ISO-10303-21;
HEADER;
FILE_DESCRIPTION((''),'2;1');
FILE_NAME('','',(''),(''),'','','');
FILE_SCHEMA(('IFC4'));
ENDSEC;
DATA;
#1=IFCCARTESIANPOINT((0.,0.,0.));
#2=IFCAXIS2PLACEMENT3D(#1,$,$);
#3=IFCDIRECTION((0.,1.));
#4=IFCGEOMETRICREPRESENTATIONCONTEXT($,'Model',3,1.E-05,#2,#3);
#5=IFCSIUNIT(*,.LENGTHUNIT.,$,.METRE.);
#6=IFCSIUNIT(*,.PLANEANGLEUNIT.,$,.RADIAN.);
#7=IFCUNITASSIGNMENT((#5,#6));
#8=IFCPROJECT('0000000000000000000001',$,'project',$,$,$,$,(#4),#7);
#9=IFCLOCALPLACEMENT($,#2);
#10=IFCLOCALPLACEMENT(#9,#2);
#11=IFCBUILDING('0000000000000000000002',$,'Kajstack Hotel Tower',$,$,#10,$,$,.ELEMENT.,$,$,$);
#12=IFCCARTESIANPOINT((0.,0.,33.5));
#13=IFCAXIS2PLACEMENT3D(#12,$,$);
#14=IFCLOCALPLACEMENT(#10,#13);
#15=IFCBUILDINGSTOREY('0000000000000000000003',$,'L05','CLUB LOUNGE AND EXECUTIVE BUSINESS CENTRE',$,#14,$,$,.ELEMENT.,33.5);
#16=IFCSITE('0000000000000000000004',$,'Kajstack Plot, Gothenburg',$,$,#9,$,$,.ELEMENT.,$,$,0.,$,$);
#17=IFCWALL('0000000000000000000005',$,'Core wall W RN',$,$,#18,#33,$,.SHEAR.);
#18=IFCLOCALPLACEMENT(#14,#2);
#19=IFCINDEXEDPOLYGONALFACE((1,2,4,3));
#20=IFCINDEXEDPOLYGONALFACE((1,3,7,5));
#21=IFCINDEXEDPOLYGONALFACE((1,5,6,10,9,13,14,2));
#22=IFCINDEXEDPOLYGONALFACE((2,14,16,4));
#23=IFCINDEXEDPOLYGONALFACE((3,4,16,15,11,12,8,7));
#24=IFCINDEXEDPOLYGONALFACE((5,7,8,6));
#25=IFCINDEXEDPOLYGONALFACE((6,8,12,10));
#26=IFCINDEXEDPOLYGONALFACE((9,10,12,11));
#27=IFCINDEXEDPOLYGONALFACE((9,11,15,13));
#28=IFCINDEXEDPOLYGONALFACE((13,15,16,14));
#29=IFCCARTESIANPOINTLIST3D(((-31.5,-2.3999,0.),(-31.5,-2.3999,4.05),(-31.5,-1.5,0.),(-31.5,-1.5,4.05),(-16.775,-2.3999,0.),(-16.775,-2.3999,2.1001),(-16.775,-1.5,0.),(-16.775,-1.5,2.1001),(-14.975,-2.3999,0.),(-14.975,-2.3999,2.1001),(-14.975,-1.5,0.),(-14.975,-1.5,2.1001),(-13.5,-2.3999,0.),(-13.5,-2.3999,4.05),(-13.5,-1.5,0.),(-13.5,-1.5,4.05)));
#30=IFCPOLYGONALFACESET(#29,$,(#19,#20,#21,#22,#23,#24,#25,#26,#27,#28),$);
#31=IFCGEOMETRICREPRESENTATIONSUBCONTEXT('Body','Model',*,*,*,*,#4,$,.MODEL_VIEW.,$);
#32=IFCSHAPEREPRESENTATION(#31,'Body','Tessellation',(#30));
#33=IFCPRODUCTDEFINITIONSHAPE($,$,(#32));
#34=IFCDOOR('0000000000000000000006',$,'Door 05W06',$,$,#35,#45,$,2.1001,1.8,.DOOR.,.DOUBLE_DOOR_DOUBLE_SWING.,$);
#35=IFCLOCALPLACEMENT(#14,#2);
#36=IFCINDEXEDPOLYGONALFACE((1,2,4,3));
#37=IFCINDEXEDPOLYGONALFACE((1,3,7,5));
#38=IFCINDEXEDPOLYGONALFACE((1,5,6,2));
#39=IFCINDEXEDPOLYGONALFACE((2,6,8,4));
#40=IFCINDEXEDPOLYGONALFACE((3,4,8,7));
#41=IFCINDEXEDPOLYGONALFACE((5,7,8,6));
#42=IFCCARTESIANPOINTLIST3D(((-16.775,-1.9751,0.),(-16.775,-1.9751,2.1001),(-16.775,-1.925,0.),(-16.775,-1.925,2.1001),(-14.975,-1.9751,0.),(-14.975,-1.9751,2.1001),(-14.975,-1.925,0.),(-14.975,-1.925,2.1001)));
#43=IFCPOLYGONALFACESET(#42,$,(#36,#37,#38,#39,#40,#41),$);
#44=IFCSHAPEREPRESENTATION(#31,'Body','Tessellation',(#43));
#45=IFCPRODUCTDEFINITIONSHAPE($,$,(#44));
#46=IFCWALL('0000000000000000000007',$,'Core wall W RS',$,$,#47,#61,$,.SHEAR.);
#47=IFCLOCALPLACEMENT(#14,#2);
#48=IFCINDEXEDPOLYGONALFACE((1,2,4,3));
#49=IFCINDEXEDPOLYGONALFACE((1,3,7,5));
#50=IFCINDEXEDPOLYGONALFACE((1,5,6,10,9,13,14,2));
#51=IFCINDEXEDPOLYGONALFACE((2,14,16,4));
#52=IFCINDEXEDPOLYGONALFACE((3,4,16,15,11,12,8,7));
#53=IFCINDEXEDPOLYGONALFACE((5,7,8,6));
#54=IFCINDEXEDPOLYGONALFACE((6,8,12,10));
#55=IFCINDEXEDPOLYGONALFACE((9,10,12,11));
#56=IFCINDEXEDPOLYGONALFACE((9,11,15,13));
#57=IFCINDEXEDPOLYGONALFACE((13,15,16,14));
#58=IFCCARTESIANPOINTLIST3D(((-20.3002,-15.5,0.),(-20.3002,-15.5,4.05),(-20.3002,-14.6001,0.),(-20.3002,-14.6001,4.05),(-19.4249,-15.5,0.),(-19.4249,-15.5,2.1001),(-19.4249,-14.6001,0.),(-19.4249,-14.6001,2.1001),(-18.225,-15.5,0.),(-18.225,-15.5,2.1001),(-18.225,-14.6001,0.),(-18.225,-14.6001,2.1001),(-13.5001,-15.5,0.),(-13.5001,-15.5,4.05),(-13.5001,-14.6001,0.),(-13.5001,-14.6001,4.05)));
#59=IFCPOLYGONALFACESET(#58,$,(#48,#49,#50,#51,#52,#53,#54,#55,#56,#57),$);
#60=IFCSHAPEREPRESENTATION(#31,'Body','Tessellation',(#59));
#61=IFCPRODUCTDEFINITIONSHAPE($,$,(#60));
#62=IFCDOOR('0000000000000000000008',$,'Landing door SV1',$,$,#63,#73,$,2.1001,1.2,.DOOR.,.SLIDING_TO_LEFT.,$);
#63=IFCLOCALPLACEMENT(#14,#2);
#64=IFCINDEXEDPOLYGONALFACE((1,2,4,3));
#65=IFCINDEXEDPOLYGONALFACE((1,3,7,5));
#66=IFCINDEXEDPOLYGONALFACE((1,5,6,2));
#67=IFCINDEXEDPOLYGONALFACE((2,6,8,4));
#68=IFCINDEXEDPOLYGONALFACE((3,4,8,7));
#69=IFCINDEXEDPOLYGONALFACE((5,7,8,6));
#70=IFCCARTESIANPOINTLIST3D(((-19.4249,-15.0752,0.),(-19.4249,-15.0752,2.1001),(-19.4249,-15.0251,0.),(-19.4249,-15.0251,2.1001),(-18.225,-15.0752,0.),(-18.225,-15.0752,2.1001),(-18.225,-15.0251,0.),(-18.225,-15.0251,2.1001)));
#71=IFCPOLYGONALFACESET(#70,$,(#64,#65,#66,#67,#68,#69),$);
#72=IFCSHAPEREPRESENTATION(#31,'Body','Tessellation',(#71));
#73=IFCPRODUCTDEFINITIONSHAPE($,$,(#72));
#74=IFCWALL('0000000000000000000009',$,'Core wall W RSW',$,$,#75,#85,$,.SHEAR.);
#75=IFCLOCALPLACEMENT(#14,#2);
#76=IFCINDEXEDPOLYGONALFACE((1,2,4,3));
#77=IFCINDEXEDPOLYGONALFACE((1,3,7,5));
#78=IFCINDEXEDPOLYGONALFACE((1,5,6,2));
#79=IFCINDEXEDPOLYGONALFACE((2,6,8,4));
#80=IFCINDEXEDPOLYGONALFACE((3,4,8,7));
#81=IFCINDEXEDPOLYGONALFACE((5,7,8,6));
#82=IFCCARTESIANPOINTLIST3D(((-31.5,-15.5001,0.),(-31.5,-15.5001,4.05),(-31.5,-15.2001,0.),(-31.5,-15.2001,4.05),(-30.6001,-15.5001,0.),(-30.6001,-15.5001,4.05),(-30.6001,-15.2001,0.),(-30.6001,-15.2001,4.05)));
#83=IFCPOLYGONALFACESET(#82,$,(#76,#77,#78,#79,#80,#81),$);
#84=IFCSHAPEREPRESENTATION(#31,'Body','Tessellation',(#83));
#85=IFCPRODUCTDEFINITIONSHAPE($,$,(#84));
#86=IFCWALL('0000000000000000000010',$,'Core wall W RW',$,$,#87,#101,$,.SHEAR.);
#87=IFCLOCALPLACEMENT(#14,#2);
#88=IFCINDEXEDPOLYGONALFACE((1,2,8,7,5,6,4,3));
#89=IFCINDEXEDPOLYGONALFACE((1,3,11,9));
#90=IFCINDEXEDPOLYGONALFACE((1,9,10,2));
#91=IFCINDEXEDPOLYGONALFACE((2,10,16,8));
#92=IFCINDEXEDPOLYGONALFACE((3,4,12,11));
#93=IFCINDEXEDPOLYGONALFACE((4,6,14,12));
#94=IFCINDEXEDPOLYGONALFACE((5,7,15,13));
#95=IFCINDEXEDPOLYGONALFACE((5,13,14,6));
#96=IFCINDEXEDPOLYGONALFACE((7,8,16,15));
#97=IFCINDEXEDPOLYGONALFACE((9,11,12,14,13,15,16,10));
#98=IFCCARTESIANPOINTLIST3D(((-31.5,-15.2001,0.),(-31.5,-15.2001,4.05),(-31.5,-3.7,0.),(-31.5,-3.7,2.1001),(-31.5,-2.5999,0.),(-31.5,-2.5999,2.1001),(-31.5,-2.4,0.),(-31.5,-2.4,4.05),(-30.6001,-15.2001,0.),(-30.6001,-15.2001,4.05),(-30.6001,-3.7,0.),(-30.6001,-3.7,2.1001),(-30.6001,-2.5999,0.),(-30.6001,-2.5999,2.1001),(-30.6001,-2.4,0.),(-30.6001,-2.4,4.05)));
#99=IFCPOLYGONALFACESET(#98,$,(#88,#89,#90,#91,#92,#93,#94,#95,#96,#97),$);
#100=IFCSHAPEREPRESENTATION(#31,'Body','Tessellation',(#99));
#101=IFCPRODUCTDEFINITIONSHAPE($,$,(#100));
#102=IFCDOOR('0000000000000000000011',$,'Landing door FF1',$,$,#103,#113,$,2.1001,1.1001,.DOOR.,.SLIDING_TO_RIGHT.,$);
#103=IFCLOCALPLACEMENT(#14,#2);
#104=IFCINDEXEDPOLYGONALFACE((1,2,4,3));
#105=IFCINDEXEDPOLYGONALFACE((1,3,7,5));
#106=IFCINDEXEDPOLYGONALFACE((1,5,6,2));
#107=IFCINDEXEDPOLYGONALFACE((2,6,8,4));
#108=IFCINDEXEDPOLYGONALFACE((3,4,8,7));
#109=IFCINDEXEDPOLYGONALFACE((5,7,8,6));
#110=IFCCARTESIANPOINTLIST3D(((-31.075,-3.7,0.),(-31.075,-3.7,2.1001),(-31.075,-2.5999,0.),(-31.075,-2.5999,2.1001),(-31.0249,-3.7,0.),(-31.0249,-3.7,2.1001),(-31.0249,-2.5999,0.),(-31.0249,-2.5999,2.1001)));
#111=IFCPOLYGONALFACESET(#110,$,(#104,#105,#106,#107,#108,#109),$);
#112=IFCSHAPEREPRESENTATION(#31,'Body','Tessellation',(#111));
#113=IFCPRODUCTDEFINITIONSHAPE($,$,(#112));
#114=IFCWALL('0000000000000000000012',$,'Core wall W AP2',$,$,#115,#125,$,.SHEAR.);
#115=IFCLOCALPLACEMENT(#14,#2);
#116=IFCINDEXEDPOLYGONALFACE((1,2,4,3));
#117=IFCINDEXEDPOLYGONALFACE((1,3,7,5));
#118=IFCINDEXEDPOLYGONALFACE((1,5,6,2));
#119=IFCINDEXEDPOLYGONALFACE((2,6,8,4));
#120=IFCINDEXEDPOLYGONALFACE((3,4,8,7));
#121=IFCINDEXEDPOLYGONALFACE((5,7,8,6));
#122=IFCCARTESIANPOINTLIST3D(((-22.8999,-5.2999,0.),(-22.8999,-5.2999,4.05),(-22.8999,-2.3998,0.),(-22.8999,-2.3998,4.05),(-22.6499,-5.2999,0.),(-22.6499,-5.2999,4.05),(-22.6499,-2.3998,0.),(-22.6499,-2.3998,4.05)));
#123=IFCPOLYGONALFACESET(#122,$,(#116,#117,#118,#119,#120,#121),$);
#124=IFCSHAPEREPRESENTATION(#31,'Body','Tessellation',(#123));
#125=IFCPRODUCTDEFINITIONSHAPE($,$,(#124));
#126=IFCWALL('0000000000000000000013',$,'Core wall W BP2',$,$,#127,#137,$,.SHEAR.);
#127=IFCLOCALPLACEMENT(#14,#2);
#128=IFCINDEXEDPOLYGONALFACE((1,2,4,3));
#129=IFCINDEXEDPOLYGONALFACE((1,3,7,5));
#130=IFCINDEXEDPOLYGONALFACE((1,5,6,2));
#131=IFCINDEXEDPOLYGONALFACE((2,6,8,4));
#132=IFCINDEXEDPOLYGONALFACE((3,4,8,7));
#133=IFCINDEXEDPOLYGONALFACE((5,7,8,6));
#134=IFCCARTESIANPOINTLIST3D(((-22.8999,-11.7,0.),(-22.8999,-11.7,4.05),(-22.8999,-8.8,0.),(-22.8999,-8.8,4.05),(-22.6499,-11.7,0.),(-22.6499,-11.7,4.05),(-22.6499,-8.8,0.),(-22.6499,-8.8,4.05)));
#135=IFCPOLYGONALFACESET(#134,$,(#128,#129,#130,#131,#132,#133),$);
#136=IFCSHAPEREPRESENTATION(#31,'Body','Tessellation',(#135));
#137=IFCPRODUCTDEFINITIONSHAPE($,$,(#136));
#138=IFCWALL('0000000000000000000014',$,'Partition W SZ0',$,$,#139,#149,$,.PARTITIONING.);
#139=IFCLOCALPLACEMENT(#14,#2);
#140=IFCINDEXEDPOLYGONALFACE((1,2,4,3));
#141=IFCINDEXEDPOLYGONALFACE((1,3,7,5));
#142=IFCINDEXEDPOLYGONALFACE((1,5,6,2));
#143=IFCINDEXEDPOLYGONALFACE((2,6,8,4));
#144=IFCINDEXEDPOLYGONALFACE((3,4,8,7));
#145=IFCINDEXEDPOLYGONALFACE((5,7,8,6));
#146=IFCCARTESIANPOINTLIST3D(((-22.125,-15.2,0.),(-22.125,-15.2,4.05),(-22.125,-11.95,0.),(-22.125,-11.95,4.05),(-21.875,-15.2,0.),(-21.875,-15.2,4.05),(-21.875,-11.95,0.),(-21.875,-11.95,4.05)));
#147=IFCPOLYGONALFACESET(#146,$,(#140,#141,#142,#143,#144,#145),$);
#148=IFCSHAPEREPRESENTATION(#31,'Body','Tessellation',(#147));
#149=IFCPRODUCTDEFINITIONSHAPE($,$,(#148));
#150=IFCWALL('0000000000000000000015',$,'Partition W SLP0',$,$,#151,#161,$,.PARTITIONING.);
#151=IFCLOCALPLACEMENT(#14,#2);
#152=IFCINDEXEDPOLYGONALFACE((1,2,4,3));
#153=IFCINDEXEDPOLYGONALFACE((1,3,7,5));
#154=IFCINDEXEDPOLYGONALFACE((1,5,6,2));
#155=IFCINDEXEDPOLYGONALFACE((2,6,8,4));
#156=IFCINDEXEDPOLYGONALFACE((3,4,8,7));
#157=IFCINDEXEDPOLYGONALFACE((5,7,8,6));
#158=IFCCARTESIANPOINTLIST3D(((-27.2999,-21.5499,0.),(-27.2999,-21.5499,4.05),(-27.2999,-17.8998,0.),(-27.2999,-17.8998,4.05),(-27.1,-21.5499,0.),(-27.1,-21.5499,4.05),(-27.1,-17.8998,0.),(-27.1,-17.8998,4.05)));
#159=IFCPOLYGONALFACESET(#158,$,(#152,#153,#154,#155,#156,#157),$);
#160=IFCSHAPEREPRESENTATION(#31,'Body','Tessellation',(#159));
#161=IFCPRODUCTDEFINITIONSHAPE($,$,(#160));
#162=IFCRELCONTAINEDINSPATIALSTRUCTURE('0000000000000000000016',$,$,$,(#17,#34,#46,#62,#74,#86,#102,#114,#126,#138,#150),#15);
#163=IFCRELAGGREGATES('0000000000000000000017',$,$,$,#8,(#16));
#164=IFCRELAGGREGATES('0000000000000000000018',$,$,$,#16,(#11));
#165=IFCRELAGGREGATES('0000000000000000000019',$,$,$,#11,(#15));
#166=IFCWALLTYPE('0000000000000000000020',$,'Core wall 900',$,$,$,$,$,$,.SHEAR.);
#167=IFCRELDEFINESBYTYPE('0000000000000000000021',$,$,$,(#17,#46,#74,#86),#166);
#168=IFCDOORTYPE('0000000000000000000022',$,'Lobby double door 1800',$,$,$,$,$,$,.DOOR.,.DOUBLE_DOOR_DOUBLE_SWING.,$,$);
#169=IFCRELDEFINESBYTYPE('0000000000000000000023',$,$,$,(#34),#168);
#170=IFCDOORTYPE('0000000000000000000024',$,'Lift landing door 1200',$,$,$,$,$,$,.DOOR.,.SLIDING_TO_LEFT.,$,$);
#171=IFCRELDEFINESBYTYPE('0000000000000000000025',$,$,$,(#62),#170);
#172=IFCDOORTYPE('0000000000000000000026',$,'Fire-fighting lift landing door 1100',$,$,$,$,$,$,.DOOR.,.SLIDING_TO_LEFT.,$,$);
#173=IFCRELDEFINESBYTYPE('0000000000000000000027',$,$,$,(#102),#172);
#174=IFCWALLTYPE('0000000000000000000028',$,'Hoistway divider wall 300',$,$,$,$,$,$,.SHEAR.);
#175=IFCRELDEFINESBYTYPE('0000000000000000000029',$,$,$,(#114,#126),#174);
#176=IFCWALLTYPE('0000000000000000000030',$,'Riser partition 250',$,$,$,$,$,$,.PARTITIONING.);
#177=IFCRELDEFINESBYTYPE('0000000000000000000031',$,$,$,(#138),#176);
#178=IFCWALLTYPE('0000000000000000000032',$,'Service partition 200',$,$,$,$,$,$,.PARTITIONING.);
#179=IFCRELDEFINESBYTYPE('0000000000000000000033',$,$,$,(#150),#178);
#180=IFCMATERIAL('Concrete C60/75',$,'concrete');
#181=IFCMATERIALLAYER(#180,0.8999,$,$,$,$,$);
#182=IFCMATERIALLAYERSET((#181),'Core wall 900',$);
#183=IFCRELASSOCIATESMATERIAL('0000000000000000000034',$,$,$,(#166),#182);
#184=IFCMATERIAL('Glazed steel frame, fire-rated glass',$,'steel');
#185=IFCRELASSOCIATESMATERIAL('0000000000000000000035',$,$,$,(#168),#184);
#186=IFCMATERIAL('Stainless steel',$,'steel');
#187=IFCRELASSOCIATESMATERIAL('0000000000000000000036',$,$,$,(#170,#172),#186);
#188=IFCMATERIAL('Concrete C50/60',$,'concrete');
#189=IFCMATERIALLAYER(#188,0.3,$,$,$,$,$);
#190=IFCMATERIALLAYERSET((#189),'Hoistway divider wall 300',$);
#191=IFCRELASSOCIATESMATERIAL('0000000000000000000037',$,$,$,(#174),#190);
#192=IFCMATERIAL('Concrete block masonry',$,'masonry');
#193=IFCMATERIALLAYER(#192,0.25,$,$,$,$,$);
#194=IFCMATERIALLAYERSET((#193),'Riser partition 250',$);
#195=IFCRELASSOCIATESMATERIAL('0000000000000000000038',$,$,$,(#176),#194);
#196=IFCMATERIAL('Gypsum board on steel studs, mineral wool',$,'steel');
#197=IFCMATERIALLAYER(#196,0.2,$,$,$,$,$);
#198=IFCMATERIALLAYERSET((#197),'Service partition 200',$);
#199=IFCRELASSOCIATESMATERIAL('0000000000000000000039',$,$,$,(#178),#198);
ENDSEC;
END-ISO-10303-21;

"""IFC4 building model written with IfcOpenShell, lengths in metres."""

from ifc_helpers import new_model, si_unit, direction, frame, frame_2d, origin, place, context, subcontext, project, spatial, rectangle, extrude, material, layer, layer_set, type_object, element, fill, save


model = new_model("IFC4")

# Units and contexts
model_context = context("Model", 3, precision=1e-05, world=origin(), true_north=direction((0.0, 1.0)))
body_context = subcontext(model_context, "Body", "Model", "MODEL_VIEW")
ifc_project = project(units=[si_unit("LENGTHUNIT", "METRE"), si_unit("PLANEANGLEUNIT", "RADIAN")], contexts=[model_context])

# Site, building, storey
site_placement = place(None, origin())
site = spatial("IfcSite", under=ifc_project, at=site_placement, Name="Kajstack Plot, Gothenburg", CompositionType="ELEMENT", RefElevation=0.0)
building_placement = place(site_placement, origin())
building = spatial("IfcBuilding", under=site, at=building_placement, Name="Kajstack Hotel Tower", CompositionType="ELEMENT")
storey_placement = place(building_placement, frame((0.0, 0.0, 33.5)))
storey = spatial("IfcBuildingStorey", under=building, at=storey_placement, Name="L05", Description="CLUB LOUNGE AND EXECUTIVE BUSINESS CENTRE", CompositionType="ELEMENT", Elevation=33.5)

# Walls, openings, doors
ifc_material_1 = material(Name="Concrete C60/75", Category="concrete")
ifc_layer_1 = layer(ifc_material_1, 0.8999)
ifc_layer_set_1 = layer_set([ifc_layer_1], Name="Core wall 900")
wall_type_1 = type_object("IfcWallType", Name="Core wall 900", PredefinedType="SHEAR", material=ifc_layer_set_1)
wall_1_placement = place(storey_placement, frame((-31.5, -1.95, 0.0), z_axis=(0.0, 0.0, 1.0), x_axis=(1.0, 0.0, 0.0)))
wall_1 = element("IfcWall", 1, at=wall_1_placement, inside=storey, type_object=wall_type_1, Name="Core wall W RN", PredefinedType="SHEAR", context=body_context, shape_type="SweptSolid", body=[
    extrude(rectangle(XDim=18.0, YDim=0.8999, at=frame_2d((9.0, 0.0))), origin(), (0.0, 0.0, 1.0), 4.05),
])
opening_1_placement = place(wall_1_placement, frame((14.7251, 0.0, 0.0)))
opening_1 = element("IfcOpeningElement", 2, at=opening_1_placement, cuts=wall_1, PredefinedType="OPENING", context=body_context, shape_type="SweptSolid", body=[
    extrude(rectangle(XDim=1.8, YDim=2.1001, at=frame_2d((0.8999, 1.05))), frame((0.0, 0.46, 0.0), z_axis=(0.0, -1.0, 0.0), x_axis=(1.0, 0.0, 0.0)), (0.0, 0.0, 1.0), 0.9199),
])
ifc_material_2 = material(Name="Glazed steel frame, fire-rated glass", Category="steel")
door_type_1 = type_object("IfcDoorType", Name="Lobby double door 1800", OperationType="DOUBLE_DOOR_DOUBLE_SWING", PredefinedType="DOOR", material=ifc_material_2)
door_1_placement = place(opening_1_placement, origin())
door_1 = element("IfcDoor", 3, at=door_1_placement, inside=storey, type_object=door_type_1, Name="Door 05W06", OperationType="DOUBLE_DOOR_DOUBLE_SWING", OverallHeight=2.1001, OverallWidth=1.8, PredefinedType="DOOR", context=body_context, shape_type="SweptSolid", body=[
    extrude(rectangle(XDim=1.8, YDim=2.1001, at=frame_2d((0.8999, 1.05))), frame((0.0, 0.0249, 0.0), z_axis=(0.0, -1.0, 0.0), x_axis=(1.0, 0.0, 0.0)), (0.0, 0.0, 1.0), 0.05),
])
fill(opening_1, door_1)
wall_2_placement = place(storey_placement, frame((-20.3, -15.05, 0.0), z_axis=(0.0, 0.0, 1.0), x_axis=(1.0, 0.0, 0.0)))
wall_2 = element("IfcWall", 4, at=wall_2_placement, inside=storey, type_object=wall_type_1, Name="Core wall W RS", PredefinedType="SHEAR", context=body_context, shape_type="SweptSolid", body=[
    extrude(rectangle(XDim=6.8, YDim=0.8999, at=frame_2d((3.3999, 0.0))), origin(), (0.0, 0.0, 1.0), 4.05),
])
opening_2_placement = place(wall_2_placement, frame((0.875, 0.0, 0.0)))
opening_2 = element("IfcOpeningElement", 5, at=opening_2_placement, cuts=wall_2, PredefinedType="OPENING", context=body_context, shape_type="SweptSolid", body=[
    extrude(rectangle(XDim=1.2, YDim=2.1001, at=frame_2d((0.6001, 1.05))), frame((0.0, 0.46, 0.0), z_axis=(0.0, -1.0, 0.0), x_axis=(1.0, 0.0, 0.0)), (0.0, 0.0, 1.0), 0.9199),
])
ifc_material_3 = material(Name="Stainless steel", Category="steel")
door_type_2 = type_object("IfcDoorType", Name="Lift landing door 1200", OperationType="SLIDING_TO_LEFT", PredefinedType="DOOR", material=ifc_material_3)
door_2_placement = place(opening_2_placement, origin())
door_2 = element("IfcDoor", 6, at=door_2_placement, inside=storey, type_object=door_type_2, Name="Landing door SV1", OperationType="SLIDING_TO_LEFT", OverallHeight=2.1001, OverallWidth=1.2, PredefinedType="DOOR", context=body_context, shape_type="SweptSolid", body=[
    extrude(rectangle(XDim=1.2, YDim=2.1001, at=frame_2d((0.6001, 1.05))), frame((0.0, 0.0249, 0.0), z_axis=(0.0, -1.0, 0.0), x_axis=(1.0, 0.0, 0.0)), (0.0, 0.0, 1.0), 0.05),
])
fill(opening_2, door_2)

# Wall
wall_3_placement = place(storey_placement, frame((-31.5, -15.3501, 0.0), z_axis=(0.0, 0.0, 1.0), x_axis=(1.0, 0.0, 0.0)))
element("IfcWall", 7, at=wall_3_placement, inside=storey, type_object=wall_type_1, Name="Core wall W RSW", PredefinedType="SHEAR", context=body_context, shape_type="SweptSolid", body=[
    extrude(rectangle(XDim=0.8999, YDim=0.3, at=frame_2d((0.45, 0.0))), origin(), (0.0, 0.0, 1.0), 4.05),
])

# Wall, opening, door
wall_4_placement = place(storey_placement, frame((-31.05, -15.2, 0.0), z_axis=(0.0, 0.0, 1.0), x_axis=(0.0, 1.0, 0.0)))
wall_4 = element("IfcWall", 8, at=wall_4_placement, inside=storey, type_object=wall_type_1, Name="Core wall W RW", PredefinedType="SHEAR", context=body_context, shape_type="SweptSolid", body=[
    extrude(rectangle(XDim=12.8, YDim=0.8999, at=frame_2d((6.3999, 0.0))), origin(), (0.0, 0.0, 1.0), 4.05),
])
opening_3_placement = place(wall_4_placement, frame((11.5, 0.0, 0.0)))
opening_3 = element("IfcOpeningElement", 9, at=opening_3_placement, cuts=wall_4, PredefinedType="OPENING", context=body_context, shape_type="SweptSolid", body=[
    extrude(rectangle(XDim=1.1001, YDim=2.1001, at=frame_2d((0.55, 1.05))), frame((0.0, 0.46, 0.0), z_axis=(0.0, -1.0, 0.0), x_axis=(1.0, 0.0, 0.0)), (0.0, 0.0, 1.0), 0.9199),
])
door_type_3 = type_object("IfcDoorType", Name="Fire-fighting lift landing door 1100", OperationType="SLIDING_TO_LEFT", PredefinedType="DOOR", material=ifc_material_3)
door_3_placement = place(opening_3_placement, origin())
door_3 = element("IfcDoor", 10, at=door_3_placement, inside=storey, type_object=door_type_3, Name="Landing door FF1", OperationType="SLIDING_TO_RIGHT", OverallHeight=2.1001, OverallWidth=1.1001, PredefinedType="DOOR", context=body_context, shape_type="SweptSolid", body=[
    extrude(rectangle(XDim=1.1001, YDim=2.1001, at=frame_2d((0.55, 1.05))), frame((0.0, 0.0249, 0.0), z_axis=(0.0, -1.0, 0.0), x_axis=(1.0, 0.0, 0.0)), (0.0, 0.0, 1.0), 0.05),
])
fill(opening_3, door_3)

# Walls
ifc_material_4 = material(Name="Concrete C50/60", Category="concrete")
ifc_layer_2 = layer(ifc_material_4, 0.3)
ifc_layer_set_2 = layer_set([ifc_layer_2], Name="Hoistway divider wall 300")
wall_type_2 = type_object("IfcWallType", Name="Hoistway divider wall 300", PredefinedType="SHEAR", material=ifc_layer_set_2)
wall_5_placement = place(storey_placement, frame((-22.7749, -5.3, 0.0), z_axis=(0.0, 0.0, 1.0), x_axis=(0.0, 1.0, 0.0)))
element("IfcWall", 11, at=wall_5_placement, inside=storey, type_object=wall_type_2, Name="Core wall W AP2", PredefinedType="SHEAR", context=body_context, shape_type="SweptSolid", body=[
    extrude(rectangle(XDim=2.9001, YDim=0.25, at=frame_2d((1.4502, 0.0))), origin(), (0.0, 0.0, 1.0), 4.05),
])
wall_6_placement = place(storey_placement, frame((-22.7749, -11.7, 0.0), z_axis=(0.0, 0.0, 1.0), x_axis=(0.0, 1.0, 0.0)))
element("IfcWall", 12, at=wall_6_placement, inside=storey, type_object=wall_type_2, Name="Core wall W BP2", PredefinedType="SHEAR", context=body_context, shape_type="SweptSolid", body=[
    extrude(rectangle(XDim=2.8999, YDim=0.25, at=frame_2d((1.45, 0.0))), origin(), (0.0, 0.0, 1.0), 4.05),
])
ifc_material_5 = material(Name="Concrete block masonry", Category="masonry")
ifc_layer_3 = layer(ifc_material_5, 0.25)
ifc_layer_set_3 = layer_set([ifc_layer_3], Name="Riser partition 250")
wall_type_3 = type_object("IfcWallType", Name="Riser partition 250", PredefinedType="PARTITIONING", material=ifc_layer_set_3)
wall_7_placement = place(storey_placement, frame((-22.0, -15.2, 0.0), z_axis=(0.0, 0.0, 1.0), x_axis=(0.0, 1.0, 0.0)))
element("IfcWall", 13, at=wall_7_placement, inside=storey, type_object=wall_type_3, Name="Partition W SZ0", PredefinedType="PARTITIONING", context=body_context, shape_type="SweptSolid", body=[
    extrude(rectangle(XDim=3.25, YDim=0.25, at=frame_2d((1.625, 0.0))), origin(), (0.0, 0.0, 1.0), 4.05),
])
ifc_material_6 = material(Name="Gypsum board on steel studs, mineral wool", Category="steel")
ifc_layer_4 = layer(ifc_material_6, 0.2)
ifc_layer_set_4 = layer_set([ifc_layer_4], Name="Service partition 200")
wall_type_4 = type_object("IfcWallType", Name="Service partition 200", PredefinedType="PARTITIONING", material=ifc_layer_set_4)
wall_8_placement = place(storey_placement, frame((-27.2, -21.55, 0.0), z_axis=(0.0, 0.0, 1.0), x_axis=(0.0, 1.0, 0.0)))
element("IfcWall", 14, at=wall_8_placement, inside=storey, type_object=wall_type_4, Name="Partition W SLP0", PredefinedType="PARTITIONING", context=body_context, shape_type="SweptSolid", body=[
    extrude(rectangle(XDim=3.6501, YDim=0.2, at=frame_2d((1.8252, 0.0))), origin(), (0.0, 0.0, 1.0), 4.05),
])

save(model, "model.ifc")
